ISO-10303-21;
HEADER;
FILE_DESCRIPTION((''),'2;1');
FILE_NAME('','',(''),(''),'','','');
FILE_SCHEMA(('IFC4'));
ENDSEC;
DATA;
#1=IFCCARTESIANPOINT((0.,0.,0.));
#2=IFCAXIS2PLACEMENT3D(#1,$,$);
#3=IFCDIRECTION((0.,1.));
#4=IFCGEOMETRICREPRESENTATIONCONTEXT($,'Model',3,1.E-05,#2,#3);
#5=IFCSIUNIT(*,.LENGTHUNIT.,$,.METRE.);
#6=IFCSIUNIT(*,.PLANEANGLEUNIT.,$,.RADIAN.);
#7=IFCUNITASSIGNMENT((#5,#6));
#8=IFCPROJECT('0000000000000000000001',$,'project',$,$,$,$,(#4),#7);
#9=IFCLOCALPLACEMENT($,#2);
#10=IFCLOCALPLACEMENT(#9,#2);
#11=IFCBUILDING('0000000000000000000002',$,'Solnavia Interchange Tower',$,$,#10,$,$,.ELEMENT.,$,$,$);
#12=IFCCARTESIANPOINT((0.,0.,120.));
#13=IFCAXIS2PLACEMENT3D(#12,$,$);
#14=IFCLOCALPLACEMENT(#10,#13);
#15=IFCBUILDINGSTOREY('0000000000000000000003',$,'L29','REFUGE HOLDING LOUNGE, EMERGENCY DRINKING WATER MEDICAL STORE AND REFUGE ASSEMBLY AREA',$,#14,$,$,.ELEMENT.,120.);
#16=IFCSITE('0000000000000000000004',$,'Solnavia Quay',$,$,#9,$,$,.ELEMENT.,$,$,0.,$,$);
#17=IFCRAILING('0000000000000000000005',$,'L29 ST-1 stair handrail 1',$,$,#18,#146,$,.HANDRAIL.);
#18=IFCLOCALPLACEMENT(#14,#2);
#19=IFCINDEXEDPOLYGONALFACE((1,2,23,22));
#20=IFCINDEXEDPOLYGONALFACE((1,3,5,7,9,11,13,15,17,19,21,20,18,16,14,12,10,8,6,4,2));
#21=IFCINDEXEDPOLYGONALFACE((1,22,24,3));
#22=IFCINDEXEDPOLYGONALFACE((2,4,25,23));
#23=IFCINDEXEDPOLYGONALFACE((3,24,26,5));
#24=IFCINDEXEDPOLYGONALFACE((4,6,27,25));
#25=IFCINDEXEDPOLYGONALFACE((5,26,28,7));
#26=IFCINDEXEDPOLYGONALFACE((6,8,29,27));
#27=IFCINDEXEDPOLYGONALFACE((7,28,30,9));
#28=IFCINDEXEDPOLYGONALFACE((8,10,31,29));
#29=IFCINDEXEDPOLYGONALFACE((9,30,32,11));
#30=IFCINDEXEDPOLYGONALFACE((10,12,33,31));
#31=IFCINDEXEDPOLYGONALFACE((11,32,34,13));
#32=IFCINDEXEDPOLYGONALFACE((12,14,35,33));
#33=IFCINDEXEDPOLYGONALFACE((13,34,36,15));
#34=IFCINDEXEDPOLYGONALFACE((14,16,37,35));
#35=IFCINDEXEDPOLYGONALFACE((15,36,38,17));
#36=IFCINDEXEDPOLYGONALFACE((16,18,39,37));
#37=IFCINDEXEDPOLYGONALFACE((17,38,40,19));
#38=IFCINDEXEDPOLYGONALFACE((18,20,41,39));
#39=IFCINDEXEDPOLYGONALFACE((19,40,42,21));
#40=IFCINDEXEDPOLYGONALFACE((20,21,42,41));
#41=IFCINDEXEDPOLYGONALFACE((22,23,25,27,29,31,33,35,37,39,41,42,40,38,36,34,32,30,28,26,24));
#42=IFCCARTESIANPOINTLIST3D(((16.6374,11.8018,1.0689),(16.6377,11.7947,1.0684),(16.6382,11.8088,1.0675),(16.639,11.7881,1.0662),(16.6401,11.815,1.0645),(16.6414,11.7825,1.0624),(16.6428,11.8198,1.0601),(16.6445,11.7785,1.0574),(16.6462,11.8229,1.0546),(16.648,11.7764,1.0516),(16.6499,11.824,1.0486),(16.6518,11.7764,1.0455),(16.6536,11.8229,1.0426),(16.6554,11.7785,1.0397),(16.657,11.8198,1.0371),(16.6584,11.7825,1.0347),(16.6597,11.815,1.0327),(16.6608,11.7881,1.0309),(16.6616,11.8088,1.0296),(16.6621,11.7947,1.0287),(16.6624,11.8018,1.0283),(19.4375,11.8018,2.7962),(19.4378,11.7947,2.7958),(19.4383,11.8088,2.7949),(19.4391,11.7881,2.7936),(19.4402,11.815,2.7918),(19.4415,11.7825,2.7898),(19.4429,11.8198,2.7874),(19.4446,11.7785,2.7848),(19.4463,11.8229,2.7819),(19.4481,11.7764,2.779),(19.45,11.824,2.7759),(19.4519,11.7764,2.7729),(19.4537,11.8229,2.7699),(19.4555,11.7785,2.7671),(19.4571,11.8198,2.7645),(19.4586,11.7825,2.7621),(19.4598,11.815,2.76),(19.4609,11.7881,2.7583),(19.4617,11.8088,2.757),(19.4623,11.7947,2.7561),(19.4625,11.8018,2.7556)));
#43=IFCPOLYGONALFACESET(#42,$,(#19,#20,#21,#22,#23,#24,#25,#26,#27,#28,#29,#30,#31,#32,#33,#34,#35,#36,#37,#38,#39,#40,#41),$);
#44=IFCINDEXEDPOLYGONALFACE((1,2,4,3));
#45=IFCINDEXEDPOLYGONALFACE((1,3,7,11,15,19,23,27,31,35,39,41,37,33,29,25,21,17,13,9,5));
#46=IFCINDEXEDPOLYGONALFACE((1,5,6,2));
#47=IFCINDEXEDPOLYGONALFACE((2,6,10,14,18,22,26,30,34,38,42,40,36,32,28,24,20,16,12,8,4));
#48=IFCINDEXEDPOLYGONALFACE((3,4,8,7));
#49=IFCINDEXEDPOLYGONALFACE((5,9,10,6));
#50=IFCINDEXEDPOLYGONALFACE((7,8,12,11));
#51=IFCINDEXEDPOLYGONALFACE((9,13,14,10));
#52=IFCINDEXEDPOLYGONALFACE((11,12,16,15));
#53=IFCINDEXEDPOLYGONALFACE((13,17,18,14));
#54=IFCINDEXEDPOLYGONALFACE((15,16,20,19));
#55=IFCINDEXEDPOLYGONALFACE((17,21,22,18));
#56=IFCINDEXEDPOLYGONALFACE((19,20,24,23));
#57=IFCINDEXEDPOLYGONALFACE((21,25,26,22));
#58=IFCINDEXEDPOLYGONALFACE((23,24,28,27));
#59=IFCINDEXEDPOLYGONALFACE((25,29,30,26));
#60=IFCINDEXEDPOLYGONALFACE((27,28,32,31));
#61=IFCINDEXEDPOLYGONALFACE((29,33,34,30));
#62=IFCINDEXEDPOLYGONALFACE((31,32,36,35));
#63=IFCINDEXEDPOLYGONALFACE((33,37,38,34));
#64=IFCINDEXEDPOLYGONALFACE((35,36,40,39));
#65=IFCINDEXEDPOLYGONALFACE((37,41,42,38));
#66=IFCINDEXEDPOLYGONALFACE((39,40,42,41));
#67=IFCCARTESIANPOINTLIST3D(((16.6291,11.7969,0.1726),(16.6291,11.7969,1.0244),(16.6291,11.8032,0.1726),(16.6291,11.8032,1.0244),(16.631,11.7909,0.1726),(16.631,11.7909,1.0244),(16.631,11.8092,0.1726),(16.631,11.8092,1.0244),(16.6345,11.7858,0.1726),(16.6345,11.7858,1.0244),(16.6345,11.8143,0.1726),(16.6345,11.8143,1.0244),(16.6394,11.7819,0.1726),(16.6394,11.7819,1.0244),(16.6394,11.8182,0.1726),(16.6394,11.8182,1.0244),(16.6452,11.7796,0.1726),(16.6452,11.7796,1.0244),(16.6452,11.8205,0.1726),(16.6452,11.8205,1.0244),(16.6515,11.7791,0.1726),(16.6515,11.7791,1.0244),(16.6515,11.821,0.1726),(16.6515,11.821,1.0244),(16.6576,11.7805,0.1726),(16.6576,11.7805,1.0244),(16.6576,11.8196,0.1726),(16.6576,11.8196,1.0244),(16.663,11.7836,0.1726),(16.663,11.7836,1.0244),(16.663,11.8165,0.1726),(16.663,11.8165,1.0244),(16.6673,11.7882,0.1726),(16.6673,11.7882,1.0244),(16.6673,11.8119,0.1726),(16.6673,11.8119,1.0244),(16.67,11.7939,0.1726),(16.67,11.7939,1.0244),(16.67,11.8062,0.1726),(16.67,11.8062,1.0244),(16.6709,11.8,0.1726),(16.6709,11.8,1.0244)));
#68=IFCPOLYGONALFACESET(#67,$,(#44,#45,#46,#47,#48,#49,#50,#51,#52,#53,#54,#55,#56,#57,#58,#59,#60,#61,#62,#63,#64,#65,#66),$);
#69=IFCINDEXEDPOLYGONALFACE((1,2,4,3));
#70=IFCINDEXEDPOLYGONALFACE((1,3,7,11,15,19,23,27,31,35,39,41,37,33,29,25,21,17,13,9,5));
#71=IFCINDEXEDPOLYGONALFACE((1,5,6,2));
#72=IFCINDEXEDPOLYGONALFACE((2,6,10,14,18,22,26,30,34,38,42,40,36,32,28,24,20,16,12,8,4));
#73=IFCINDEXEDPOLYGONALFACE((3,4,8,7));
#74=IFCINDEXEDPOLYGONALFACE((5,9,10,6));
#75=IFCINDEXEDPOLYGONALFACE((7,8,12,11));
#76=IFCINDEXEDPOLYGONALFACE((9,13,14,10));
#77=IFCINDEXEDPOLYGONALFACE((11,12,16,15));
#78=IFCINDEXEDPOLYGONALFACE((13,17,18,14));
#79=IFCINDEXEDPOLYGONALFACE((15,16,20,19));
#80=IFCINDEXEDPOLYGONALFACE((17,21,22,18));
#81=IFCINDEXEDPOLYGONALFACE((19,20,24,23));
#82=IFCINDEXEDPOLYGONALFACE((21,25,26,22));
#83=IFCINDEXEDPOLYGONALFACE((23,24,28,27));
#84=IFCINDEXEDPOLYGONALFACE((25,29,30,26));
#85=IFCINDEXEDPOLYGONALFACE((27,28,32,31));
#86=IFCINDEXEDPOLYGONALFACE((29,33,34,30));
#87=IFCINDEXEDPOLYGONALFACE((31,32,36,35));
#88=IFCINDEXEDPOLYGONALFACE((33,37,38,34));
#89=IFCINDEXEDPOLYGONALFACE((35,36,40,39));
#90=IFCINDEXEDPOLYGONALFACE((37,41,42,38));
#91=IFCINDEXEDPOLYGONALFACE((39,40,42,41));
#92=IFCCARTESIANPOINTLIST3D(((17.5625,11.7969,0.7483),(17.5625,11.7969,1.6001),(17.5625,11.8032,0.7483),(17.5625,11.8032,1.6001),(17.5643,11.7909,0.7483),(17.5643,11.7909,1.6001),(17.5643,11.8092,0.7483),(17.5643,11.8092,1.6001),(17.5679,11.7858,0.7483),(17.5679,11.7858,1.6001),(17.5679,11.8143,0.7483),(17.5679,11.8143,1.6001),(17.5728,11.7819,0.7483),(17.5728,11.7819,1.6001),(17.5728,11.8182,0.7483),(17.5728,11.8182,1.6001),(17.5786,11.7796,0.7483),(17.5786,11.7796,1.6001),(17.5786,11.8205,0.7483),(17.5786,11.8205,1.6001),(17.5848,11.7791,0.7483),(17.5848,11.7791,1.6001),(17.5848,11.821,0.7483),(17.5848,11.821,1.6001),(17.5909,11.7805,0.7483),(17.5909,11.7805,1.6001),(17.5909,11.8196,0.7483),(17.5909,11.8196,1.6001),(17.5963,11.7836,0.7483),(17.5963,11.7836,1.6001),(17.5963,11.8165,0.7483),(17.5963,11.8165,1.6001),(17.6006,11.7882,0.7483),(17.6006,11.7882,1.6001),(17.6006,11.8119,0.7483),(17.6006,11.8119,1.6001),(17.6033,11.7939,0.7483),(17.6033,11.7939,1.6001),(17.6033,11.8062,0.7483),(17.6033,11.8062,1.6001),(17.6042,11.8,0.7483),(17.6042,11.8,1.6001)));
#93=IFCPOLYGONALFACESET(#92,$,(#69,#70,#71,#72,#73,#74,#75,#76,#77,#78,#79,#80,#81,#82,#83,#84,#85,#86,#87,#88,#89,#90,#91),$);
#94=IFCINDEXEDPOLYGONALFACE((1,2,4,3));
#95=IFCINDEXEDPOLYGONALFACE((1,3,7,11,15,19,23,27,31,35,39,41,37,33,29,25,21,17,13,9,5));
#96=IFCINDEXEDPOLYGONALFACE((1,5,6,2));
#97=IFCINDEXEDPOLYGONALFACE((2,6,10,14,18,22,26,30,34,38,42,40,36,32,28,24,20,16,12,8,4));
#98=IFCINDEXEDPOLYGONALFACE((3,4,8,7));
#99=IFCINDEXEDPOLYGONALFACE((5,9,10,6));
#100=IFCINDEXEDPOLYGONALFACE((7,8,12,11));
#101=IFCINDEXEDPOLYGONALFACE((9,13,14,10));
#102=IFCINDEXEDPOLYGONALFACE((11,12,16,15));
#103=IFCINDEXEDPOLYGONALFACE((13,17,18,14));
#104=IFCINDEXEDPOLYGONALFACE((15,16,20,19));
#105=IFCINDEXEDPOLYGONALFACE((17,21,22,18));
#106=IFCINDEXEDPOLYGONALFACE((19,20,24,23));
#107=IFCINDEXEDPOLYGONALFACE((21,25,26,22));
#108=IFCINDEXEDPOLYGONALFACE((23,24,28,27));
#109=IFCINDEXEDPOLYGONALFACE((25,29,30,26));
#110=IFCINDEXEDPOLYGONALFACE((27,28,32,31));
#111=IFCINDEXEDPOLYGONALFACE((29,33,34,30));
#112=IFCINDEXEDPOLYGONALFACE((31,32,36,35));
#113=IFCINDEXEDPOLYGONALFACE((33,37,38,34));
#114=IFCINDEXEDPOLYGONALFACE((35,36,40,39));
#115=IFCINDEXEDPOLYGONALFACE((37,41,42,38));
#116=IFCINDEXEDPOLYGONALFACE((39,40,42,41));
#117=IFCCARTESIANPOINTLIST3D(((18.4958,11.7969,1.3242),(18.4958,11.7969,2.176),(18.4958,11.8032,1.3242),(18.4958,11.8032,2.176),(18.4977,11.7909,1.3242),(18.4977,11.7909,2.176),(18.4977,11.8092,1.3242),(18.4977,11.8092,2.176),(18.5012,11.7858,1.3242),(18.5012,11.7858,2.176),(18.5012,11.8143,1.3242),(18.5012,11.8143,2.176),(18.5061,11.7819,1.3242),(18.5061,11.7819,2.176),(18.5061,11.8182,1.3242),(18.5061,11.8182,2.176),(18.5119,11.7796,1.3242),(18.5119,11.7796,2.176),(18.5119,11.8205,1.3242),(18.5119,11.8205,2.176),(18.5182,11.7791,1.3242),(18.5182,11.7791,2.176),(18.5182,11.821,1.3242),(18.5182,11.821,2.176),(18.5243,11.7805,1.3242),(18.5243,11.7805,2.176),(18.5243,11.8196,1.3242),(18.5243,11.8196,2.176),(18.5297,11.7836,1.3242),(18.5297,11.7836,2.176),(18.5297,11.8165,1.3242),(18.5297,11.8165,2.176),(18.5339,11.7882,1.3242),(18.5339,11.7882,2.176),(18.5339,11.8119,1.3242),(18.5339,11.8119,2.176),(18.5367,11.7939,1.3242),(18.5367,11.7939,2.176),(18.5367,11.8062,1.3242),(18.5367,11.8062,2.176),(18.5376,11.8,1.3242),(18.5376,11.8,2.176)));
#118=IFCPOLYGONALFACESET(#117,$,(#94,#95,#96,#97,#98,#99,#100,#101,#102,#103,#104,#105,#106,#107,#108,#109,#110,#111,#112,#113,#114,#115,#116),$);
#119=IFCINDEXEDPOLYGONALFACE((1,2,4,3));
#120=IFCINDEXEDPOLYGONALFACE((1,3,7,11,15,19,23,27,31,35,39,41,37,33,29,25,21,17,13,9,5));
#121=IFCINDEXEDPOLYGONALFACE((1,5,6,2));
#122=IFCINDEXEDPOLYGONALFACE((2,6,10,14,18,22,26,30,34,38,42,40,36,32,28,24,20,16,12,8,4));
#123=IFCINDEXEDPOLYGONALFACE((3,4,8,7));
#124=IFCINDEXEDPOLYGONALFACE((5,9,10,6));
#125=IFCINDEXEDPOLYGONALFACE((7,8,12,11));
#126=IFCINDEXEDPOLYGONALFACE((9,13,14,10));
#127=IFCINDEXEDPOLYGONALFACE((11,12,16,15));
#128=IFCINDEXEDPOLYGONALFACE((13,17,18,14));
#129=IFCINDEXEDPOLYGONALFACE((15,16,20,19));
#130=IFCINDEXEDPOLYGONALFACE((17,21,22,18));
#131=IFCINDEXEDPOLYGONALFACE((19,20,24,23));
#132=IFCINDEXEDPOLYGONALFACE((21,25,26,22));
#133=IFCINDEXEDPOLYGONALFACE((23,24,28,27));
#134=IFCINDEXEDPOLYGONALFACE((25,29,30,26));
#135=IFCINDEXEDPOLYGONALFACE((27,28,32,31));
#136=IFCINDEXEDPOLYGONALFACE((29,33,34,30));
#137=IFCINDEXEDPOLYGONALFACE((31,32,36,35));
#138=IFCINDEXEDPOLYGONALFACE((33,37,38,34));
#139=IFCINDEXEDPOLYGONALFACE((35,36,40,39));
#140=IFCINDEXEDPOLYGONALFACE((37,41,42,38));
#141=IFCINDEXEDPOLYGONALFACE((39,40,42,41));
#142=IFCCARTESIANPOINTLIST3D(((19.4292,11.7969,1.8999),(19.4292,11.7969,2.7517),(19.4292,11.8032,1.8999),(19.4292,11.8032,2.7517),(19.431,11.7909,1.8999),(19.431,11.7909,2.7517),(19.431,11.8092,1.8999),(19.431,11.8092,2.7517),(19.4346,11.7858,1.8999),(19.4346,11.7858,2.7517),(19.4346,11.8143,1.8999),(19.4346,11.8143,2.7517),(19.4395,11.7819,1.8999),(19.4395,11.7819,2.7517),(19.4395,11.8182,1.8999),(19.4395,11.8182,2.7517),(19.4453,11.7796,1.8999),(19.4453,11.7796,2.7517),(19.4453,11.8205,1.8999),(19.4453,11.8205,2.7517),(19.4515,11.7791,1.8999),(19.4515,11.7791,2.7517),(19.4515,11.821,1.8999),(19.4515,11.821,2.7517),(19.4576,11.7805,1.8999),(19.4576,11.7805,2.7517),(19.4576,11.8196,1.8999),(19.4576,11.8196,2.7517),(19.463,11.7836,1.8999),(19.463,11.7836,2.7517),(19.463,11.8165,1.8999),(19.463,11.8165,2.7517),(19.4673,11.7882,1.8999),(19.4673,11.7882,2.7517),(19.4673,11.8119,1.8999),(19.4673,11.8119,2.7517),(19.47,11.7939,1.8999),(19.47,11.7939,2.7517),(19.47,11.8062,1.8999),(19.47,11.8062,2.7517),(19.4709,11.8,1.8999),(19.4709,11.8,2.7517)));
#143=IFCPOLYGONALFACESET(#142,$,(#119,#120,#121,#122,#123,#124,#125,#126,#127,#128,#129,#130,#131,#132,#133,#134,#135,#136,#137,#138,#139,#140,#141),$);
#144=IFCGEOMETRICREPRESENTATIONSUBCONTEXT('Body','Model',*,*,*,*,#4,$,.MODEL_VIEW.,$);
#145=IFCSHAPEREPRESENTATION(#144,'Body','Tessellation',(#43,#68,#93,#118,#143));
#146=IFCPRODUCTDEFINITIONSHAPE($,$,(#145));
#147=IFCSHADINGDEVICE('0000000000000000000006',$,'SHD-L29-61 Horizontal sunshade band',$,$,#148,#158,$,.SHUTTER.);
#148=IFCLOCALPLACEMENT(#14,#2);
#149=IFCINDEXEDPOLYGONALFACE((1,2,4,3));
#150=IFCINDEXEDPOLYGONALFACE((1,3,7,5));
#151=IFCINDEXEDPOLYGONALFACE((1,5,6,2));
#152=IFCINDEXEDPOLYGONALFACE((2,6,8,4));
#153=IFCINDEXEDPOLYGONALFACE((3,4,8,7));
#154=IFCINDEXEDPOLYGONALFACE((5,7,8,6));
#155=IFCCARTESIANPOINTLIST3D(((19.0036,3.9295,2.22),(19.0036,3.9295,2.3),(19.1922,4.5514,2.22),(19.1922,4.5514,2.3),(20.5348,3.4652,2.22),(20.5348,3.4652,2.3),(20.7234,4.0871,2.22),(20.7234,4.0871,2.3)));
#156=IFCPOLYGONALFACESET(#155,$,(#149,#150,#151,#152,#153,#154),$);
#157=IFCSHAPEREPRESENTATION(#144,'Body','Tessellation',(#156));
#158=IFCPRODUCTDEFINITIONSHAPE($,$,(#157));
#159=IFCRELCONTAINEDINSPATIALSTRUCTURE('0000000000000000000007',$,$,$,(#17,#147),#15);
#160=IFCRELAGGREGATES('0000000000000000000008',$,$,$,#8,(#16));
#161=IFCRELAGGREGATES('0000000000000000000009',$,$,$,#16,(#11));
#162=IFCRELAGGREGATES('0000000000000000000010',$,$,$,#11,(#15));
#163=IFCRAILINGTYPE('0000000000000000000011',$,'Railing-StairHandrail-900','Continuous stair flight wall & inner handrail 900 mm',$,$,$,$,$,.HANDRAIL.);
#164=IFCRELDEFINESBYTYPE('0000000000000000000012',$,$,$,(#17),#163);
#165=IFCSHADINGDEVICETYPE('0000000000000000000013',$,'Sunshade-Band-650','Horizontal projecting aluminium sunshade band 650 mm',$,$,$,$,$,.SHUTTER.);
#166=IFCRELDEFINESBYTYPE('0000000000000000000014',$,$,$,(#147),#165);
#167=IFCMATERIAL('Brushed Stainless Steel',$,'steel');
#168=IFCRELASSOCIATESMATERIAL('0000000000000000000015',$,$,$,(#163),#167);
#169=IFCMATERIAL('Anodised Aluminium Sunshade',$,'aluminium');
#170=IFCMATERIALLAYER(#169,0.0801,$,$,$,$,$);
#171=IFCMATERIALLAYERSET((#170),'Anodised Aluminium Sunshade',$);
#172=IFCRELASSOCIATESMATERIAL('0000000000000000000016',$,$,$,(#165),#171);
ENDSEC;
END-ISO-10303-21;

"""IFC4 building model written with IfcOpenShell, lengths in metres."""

from ifc_helpers import new_model, si_unit, direction, frame, origin, origin_2d, place, context, subcontext, project, spatial, rectangle, circle, extrude, material, layer, layer_set, type_object, element, save


model = new_model("IFC4")

# Units and contexts
model_context = context("Model", 3, precision=1e-05, world=origin(), true_north=direction((0.0, 1.0)))
body_context = subcontext(model_context, "Body", "Model", "MODEL_VIEW")
ifc_project = project(units=[si_unit("LENGTHUNIT", "METRE"), si_unit("PLANEANGLEUNIT", "RADIAN")], contexts=[model_context])

# Site, building, storey
site_placement = place(None, origin())
site = spatial("IfcSite", under=ifc_project, at=site_placement, Name="Solnavia Quay", CompositionType="ELEMENT", RefElevation=0.0)
building_placement = place(site_placement, origin())
building = spatial("IfcBuilding", under=site, at=building_placement, Name="Solnavia Interchange Tower", CompositionType="ELEMENT")
storey_placement = place(building_placement, frame((0.0, 0.0, 120.0)))
storey = spatial("IfcBuildingStorey", under=building, at=storey_placement, Name="L29", Description="REFUGE HOLDING LOUNGE, EMERGENCY DRINKING WATER MEDICAL STORE AND REFUGE ASSEMBLY AREA", CompositionType="ELEMENT", Elevation=120.0)

# Railing
ifc_material_1 = material(Name="Brushed Stainless Steel", Category="steel")
railing_type_1 = type_object("IfcRailingType", Name="Railing-StairHandrail-900", Description="Continuous stair flight wall & inner handrail 900 mm", PredefinedType="HANDRAIL", material=ifc_material_1)
railing_1_placement = place(storey_placement, frame((16.6499, 11.8, 0.1726)))
element("IfcRailing", 1, at=railing_1_placement, inside=storey, type_object=railing_type_1, Name="L29 ST-1 stair handrail 1", PredefinedType="HANDRAIL", context=body_context, shape_type="SweptSolid", body=[
    extrude(circle(Radius=0.0239, at=origin_2d()), frame((0.0, 0.0, 0.876), z_axis=(0.85109, 0.0, 0.52502), x_axis=(0.0, 1.0, 0.0)), (0.0, 0.0, 1.0), 3.29),
    extrude(circle(Radius=0.021, at=origin_2d()), origin(), (0.0, 0.0, 1.0), 0.8518),
    extrude(circle(Radius=0.021, at=origin_2d()), frame((0.9333, 0.0, 0.5757)), (0.0, 0.0, 1.0), 0.8518),
    extrude(circle(Radius=0.021, at=origin_2d()), frame((1.8667, 0.0, 1.1516)), (0.0, 0.0, 1.0), 0.8518),
    extrude(circle(Radius=0.021, at=origin_2d()), frame((2.8, 0.0, 1.7273)), (0.0, 0.0, 1.0), 0.8518),
])

# Shading device
ifc_material_2 = material(Name="Anodised Aluminium Sunshade", Category="aluminium")
ifc_layer_1 = layer(ifc_material_2, 0.0801)
ifc_layer_set_1 = layer_set([ifc_layer_1], Name="Anodised Aluminium Sunshade")
shading_device_type = type_object("IfcShadingDeviceType", Name="Sunshade-Band-650", Description="Horizontal projecting aluminium sunshade band 650 mm", PredefinedType="SHUTTER", material=ifc_layer_set_1)
shading_device_placement = place(storey_placement, frame((19.8635, 4.0083, 2.22), z_axis=(0.0, 0.0, 1.0), x_axis=(-0.956966, 0.290201, 0.0)))
element("IfcShadingDevice", 2, at=shading_device_placement, inside=storey, type_object=shading_device_type, Name="SHD-L29-61 Horizontal sunshade band", PredefinedType="SHUTTER", context=body_context, shape_type="SweptSolid", body=[
    extrude(rectangle(XDim=1.6001, YDim=0.6499, at=origin_2d()), origin(), (0.0, 0.0, 1.0), 0.0801),
])

save(model, "model.ifc")
